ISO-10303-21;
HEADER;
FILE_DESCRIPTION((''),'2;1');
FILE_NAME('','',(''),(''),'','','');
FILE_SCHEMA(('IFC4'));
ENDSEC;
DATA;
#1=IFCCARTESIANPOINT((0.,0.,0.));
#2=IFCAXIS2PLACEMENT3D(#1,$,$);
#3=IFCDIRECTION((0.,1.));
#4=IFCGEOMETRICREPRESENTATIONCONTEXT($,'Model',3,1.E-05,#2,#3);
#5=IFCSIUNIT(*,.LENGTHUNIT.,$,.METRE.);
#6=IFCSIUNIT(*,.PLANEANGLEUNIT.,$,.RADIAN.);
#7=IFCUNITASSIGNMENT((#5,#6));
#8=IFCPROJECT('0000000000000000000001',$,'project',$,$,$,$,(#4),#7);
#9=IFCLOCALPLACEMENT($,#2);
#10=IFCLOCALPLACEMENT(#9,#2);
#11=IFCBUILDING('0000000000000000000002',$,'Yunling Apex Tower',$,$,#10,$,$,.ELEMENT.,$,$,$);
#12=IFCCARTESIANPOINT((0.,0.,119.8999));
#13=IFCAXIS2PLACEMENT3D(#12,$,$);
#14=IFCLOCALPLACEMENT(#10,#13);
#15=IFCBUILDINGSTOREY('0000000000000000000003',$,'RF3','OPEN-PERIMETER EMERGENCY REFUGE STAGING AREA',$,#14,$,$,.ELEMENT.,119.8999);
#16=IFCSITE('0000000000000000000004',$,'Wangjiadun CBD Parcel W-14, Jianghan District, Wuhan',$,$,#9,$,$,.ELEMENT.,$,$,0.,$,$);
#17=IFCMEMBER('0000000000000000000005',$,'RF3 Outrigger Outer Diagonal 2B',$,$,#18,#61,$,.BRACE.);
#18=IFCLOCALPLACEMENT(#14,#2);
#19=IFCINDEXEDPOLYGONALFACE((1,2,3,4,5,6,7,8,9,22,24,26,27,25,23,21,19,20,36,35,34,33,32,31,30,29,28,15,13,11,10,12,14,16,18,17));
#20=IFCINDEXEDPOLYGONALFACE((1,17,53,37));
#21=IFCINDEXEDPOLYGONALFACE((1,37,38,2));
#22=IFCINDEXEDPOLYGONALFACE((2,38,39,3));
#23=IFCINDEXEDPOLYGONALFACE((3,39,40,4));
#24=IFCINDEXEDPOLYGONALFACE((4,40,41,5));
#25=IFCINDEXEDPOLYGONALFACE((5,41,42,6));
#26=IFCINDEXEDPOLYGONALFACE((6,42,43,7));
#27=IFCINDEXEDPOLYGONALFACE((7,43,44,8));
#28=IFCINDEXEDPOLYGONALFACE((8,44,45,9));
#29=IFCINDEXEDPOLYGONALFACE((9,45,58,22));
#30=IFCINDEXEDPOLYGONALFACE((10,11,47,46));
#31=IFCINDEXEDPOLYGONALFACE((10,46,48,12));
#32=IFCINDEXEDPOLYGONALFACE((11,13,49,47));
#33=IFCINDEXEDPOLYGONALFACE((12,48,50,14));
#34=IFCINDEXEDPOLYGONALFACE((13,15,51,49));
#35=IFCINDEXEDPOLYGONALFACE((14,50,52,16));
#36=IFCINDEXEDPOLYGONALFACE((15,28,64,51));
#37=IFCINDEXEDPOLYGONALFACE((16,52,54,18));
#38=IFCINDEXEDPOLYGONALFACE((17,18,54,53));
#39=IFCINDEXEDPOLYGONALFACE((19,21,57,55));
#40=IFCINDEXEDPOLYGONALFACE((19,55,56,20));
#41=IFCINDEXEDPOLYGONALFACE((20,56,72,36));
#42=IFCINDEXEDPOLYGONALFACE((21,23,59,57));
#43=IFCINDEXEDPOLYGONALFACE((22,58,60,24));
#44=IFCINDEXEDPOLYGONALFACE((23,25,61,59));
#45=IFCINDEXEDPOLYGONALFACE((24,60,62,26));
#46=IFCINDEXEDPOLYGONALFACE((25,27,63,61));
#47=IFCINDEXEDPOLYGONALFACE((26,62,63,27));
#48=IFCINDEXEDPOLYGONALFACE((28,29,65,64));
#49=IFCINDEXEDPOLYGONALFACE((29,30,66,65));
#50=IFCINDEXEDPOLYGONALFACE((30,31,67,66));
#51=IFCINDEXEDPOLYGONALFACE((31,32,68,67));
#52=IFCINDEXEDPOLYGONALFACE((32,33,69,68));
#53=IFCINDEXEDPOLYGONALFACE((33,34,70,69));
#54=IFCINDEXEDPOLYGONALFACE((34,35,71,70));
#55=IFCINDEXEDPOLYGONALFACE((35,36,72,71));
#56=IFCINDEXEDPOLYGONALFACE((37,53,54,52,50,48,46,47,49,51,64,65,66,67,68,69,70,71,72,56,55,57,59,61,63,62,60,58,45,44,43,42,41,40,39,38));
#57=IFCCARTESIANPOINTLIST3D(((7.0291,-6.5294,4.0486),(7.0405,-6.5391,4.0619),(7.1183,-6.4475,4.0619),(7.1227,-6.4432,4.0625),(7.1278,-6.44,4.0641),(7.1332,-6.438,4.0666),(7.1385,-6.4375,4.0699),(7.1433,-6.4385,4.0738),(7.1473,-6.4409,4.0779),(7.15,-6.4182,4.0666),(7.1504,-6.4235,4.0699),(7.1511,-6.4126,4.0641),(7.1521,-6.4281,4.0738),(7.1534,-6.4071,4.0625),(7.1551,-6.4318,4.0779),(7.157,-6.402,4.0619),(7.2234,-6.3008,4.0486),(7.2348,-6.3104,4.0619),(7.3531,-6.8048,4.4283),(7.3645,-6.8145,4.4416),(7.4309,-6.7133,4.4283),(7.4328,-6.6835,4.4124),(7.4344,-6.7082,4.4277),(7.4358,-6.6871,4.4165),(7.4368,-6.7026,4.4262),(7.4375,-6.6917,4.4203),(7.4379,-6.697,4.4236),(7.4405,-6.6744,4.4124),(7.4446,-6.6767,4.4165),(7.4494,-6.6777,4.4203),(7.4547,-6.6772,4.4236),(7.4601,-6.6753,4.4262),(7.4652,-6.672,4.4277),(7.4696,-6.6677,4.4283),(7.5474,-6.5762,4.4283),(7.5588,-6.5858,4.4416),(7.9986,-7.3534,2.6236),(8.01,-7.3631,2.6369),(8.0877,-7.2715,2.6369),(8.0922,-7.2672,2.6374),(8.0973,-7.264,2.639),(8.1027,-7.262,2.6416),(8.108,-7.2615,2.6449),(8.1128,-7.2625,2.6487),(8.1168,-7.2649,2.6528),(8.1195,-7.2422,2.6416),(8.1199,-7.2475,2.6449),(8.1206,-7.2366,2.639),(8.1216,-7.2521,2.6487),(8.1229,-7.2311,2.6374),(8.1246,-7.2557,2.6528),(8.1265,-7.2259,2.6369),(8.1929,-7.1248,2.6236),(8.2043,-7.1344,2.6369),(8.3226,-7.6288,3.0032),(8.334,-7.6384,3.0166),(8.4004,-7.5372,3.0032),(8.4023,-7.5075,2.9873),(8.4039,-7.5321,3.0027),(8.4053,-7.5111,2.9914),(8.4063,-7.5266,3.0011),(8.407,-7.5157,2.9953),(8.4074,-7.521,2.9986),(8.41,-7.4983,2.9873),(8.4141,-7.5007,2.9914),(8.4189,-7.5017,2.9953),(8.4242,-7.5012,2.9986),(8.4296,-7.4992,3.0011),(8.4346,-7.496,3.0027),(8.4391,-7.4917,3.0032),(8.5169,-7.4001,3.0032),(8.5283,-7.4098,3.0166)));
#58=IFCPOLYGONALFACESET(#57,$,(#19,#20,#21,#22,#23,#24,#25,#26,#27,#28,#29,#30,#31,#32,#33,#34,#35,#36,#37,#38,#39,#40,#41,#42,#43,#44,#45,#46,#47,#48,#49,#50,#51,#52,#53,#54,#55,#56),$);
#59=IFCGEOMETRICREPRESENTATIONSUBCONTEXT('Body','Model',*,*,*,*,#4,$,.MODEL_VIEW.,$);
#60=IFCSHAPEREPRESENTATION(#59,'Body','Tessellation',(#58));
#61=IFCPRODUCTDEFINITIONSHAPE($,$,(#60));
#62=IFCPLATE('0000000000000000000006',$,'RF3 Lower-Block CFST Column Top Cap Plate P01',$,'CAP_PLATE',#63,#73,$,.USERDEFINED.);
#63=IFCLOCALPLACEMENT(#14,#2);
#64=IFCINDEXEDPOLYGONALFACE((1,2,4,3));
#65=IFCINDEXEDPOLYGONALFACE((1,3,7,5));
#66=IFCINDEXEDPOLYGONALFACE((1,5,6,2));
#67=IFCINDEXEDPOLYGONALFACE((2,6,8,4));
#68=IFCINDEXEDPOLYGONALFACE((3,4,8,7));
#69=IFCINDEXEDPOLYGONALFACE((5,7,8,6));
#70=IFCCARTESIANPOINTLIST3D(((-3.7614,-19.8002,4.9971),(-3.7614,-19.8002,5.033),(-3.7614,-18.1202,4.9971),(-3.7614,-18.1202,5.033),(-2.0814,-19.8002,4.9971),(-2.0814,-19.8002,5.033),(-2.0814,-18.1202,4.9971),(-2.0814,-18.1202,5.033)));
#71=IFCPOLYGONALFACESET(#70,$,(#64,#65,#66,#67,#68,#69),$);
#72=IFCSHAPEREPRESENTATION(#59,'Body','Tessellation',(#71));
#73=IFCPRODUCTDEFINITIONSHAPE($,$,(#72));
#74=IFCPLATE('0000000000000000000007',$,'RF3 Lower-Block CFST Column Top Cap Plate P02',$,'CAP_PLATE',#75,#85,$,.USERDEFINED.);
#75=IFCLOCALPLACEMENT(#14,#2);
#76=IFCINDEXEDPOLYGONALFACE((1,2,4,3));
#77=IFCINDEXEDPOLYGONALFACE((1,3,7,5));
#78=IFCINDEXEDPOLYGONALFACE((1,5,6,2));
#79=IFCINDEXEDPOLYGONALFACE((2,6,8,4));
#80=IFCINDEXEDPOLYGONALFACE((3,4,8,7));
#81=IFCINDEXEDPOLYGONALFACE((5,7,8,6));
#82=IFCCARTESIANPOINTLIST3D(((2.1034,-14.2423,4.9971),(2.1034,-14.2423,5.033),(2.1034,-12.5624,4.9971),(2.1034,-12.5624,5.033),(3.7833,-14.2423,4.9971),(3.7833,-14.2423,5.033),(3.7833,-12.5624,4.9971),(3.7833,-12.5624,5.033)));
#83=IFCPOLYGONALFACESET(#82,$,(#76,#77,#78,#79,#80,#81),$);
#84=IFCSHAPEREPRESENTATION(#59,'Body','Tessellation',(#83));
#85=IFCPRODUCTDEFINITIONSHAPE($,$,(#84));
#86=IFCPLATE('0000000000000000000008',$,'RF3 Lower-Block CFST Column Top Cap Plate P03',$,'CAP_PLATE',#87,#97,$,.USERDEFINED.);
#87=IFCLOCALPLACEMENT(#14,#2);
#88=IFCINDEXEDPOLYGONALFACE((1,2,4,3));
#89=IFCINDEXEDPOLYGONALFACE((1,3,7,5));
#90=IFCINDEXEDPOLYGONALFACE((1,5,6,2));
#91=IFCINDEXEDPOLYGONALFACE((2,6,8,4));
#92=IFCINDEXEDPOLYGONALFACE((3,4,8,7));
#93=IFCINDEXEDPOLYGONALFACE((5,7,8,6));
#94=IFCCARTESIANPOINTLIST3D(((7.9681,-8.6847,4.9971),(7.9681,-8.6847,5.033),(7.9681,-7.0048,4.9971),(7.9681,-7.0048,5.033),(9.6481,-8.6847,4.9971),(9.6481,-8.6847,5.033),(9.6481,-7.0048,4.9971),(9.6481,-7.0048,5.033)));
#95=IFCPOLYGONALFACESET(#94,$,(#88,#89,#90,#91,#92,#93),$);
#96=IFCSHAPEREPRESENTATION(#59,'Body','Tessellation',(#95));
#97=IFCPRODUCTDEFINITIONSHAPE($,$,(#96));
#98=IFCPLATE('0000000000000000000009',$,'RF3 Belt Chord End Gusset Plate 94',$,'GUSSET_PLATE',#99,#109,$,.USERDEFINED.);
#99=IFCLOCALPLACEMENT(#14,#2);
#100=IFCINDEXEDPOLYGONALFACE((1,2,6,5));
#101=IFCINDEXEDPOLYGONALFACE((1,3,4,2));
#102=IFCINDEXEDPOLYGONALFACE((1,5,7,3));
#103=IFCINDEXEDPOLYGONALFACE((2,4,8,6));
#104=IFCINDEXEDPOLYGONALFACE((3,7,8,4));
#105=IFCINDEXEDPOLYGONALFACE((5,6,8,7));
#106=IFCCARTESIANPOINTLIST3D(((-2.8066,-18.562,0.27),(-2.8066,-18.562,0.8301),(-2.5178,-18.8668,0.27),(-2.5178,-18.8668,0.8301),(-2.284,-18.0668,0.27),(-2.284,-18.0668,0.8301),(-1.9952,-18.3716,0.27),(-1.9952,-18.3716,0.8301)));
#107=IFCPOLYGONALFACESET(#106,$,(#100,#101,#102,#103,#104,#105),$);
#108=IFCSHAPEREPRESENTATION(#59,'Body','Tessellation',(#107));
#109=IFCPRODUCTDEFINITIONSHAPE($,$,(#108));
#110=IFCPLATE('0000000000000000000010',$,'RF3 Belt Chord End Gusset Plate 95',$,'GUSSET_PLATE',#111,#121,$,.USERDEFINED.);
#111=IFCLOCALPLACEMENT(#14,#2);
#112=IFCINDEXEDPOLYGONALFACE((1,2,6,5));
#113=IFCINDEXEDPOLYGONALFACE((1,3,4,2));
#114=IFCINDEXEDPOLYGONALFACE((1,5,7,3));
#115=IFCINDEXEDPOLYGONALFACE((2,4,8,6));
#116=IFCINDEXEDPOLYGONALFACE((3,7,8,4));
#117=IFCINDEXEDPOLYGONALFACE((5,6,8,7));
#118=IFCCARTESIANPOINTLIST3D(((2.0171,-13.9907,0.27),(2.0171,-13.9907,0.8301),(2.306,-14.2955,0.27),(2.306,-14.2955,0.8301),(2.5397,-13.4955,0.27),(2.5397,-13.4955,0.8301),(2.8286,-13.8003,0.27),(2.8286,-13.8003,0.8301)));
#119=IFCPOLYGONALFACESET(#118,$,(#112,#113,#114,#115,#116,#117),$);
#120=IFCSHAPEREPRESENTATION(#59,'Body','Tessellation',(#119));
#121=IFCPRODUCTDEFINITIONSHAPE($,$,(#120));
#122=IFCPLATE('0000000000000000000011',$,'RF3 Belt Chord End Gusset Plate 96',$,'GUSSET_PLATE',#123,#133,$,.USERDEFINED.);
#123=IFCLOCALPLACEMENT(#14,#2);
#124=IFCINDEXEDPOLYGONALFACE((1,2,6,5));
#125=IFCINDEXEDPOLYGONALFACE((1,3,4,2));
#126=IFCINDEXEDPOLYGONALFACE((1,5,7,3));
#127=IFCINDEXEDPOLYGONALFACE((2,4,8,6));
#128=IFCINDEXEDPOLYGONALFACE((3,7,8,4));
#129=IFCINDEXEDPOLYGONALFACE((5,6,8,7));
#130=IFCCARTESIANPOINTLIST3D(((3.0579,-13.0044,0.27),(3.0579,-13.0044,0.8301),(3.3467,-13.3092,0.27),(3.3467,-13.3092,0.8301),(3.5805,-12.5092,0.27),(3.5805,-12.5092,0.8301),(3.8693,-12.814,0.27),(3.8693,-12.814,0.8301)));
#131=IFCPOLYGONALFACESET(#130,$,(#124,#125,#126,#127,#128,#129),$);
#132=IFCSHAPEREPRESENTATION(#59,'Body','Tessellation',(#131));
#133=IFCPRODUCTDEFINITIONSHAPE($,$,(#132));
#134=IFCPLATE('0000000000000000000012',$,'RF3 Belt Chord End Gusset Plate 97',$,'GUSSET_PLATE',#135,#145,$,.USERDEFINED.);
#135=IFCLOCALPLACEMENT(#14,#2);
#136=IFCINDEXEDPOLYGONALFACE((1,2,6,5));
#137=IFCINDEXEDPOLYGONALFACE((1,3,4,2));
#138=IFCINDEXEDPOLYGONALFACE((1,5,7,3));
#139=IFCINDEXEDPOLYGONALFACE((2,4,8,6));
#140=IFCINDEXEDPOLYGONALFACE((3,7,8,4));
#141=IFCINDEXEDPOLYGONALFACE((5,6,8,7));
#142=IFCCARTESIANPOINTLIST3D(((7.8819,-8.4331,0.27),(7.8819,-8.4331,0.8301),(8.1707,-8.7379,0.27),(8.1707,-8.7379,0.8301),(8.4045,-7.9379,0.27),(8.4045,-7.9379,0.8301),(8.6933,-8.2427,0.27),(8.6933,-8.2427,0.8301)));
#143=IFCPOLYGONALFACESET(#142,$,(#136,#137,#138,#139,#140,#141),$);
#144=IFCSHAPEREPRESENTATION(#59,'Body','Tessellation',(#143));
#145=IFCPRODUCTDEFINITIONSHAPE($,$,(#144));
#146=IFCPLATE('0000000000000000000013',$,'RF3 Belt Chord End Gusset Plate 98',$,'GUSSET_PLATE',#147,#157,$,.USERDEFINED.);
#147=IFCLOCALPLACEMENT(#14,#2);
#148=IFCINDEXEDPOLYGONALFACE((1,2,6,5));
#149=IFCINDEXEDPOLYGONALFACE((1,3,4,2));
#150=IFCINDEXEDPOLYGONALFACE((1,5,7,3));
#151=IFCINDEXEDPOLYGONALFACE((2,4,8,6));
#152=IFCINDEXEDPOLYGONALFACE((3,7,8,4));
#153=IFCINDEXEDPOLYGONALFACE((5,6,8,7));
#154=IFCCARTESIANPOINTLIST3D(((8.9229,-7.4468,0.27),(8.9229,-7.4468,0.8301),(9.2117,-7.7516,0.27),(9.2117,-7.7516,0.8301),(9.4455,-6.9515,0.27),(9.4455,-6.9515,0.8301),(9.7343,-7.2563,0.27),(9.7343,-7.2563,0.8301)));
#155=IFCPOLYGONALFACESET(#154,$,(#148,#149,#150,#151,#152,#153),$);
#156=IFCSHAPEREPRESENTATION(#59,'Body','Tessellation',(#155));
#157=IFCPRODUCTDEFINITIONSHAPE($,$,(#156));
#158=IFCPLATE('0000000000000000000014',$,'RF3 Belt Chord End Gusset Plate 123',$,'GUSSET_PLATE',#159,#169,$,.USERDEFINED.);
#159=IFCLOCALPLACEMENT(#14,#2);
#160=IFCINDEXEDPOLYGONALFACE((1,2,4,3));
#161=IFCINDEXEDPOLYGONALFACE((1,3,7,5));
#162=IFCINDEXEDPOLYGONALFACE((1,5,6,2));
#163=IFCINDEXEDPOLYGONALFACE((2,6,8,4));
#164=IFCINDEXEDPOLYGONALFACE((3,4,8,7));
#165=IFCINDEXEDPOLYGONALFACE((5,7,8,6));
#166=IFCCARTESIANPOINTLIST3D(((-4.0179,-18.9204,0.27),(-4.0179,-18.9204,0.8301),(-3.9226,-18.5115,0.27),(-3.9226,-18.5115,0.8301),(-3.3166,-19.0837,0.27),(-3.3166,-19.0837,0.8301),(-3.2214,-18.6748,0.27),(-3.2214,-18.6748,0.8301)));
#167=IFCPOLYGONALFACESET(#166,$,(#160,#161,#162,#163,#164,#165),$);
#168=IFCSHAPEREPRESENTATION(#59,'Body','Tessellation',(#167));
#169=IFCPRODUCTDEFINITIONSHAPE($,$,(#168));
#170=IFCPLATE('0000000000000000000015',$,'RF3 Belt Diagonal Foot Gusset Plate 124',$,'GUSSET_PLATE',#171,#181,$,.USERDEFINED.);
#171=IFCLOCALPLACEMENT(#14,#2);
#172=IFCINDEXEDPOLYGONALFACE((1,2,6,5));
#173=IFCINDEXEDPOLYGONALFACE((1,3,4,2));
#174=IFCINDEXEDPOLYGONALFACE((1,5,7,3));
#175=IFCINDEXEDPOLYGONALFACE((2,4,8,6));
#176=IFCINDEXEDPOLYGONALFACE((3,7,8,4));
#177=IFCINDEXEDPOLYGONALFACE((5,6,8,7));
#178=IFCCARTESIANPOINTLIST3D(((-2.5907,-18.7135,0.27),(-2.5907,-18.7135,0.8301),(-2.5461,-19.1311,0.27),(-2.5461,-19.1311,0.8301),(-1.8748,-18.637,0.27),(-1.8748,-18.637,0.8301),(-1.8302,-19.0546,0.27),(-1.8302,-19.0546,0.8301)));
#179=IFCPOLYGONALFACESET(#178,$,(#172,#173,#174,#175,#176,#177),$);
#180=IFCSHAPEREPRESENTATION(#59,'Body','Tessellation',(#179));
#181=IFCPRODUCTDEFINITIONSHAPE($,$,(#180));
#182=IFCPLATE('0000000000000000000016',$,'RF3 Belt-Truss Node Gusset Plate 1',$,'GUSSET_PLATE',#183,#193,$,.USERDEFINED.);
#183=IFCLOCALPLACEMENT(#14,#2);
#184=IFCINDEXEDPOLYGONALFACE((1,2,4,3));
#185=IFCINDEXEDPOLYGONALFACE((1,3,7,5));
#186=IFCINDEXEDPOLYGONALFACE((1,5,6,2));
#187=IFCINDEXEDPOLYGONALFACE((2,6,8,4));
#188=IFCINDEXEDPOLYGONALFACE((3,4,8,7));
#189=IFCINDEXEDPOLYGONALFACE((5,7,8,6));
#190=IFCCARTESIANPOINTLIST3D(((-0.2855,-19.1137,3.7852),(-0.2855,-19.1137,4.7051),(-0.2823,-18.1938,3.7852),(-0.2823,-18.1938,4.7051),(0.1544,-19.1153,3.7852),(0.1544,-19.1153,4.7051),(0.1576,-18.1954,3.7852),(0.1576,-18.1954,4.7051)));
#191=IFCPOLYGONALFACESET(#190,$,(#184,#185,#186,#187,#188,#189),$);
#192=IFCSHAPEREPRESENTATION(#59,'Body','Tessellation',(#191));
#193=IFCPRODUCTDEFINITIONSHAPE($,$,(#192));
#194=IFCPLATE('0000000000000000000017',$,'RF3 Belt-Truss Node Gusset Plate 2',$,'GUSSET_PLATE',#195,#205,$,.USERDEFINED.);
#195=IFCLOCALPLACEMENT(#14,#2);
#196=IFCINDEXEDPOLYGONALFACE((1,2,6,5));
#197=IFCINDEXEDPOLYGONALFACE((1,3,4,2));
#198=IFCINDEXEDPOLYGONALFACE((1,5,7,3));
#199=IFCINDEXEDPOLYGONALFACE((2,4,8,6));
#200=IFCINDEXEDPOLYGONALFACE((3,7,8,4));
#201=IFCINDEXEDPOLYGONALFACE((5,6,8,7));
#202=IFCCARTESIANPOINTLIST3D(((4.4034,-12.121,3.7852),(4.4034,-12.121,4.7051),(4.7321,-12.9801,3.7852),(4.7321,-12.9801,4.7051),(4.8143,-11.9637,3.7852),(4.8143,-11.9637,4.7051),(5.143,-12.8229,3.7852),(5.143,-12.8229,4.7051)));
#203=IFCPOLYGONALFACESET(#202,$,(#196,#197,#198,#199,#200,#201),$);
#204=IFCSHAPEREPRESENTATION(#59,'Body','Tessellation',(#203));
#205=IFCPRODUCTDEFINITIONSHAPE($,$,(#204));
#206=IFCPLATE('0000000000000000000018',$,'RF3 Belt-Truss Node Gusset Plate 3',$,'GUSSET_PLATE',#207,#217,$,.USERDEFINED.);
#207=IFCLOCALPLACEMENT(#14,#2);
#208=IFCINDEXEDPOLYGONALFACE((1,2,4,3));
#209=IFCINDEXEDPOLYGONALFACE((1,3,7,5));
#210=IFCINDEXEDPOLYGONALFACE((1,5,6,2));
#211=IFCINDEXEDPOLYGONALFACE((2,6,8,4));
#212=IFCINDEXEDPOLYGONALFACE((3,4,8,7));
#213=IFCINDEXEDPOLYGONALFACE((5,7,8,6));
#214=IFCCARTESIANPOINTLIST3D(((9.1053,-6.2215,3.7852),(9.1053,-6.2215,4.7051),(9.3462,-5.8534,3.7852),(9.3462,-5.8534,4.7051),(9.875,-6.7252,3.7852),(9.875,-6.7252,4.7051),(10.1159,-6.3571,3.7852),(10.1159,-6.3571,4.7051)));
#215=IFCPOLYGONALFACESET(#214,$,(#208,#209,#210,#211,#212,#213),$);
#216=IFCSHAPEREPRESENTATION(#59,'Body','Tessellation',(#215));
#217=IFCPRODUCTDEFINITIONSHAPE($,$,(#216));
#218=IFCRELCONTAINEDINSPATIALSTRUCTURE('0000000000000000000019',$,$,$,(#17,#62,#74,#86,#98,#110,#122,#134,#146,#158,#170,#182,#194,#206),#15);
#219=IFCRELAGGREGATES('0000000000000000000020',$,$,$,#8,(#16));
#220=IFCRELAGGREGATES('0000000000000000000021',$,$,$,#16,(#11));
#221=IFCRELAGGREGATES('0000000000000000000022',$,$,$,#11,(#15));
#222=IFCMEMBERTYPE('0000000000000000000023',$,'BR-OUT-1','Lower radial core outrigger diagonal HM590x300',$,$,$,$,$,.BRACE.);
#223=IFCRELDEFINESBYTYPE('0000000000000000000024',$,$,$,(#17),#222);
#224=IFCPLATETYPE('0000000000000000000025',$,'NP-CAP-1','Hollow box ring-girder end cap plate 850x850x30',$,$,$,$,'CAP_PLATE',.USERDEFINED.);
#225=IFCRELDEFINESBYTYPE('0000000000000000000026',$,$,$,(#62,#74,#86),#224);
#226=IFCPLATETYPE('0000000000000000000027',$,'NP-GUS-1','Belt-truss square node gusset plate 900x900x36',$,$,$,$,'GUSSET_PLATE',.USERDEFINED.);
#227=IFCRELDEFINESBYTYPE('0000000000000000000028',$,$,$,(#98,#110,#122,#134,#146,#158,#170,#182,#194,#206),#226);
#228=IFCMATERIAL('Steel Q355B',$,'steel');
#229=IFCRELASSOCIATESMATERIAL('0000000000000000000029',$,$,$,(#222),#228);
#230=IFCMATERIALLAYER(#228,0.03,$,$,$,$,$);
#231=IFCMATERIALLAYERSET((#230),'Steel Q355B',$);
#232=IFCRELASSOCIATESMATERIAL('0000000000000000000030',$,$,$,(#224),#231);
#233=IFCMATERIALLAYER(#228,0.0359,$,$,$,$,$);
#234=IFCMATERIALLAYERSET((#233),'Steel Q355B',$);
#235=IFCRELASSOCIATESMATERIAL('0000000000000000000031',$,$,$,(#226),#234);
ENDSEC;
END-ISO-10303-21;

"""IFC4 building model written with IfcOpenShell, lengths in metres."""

from ifc_helpers import new_model, si_unit, direction, frame, origin, origin_2d, place, context, subcontext, project, spatial, rectangle, i_section, extrude, source, transform, mapped, material, layer, layer_set, material_profile, profile_set, type_object, element, save


model = new_model("IFC4")

# Units and contexts
model_context = context("Model", 3, precision=1e-05, world=origin(), true_north=direction((0.0, 1.0)))
body_context = subcontext(model_context, "Body", "Model", "MODEL_VIEW")
ifc_project = project(units=[si_unit("LENGTHUNIT", "METRE"), si_unit("PLANEANGLEUNIT", "RADIAN")], contexts=[model_context])

# Site, building, storey
site_placement = place(None, origin())
site = spatial("IfcSite", under=ifc_project, at=site_placement, Name="Wangjiadun CBD Parcel W-14, Jianghan District, Wuhan", CompositionType="ELEMENT", RefElevation=0.0)
building_placement = place(site_placement, origin())
building = spatial("IfcBuilding", under=site, at=building_placement, Name="Yunling Apex Tower", CompositionType="ELEMENT")
storey_placement = place(building_placement, frame((0.0, 0.0, 119.8999)))
storey = spatial("IfcBuildingStorey", under=building, at=storey_placement, Name="RF3", Description="OPEN-PERIMETER EMERGENCY REFUGE STAGING AREA", CompositionType="ELEMENT", Elevation=119.8999)

# Shared definitions
ifc_material_1 = material(Name="Steel Q355B", Category="steel")

# Member
ifc_material_profile_1 = material_profile(ifc_material_1, i_section(OverallWidth=0.3, OverallDepth=0.5901, WebThickness=0.012, FlangeThickness=0.02, FilletRadius=0.0239, at=origin_2d()))
ifc_profile_set_1 = profile_set([ifc_material_profile_1], Name="Steel Q355B")
member_type_1 = type_object("IfcMemberType", Name="BR-OUT-1", Description="Lower radial core outrigger diagonal HM590x300", PredefinedType="BRACE", material=ifc_profile_set_1)
shared_shape_1 = source(origin(), body_context, "Body", "SweptSolid", [
    extrude(i_section(OverallWidth=0.3, OverallDepth=0.5901, WebThickness=0.012, FlangeThickness=0.02, FilletRadius=0.0239, at=origin_2d()), origin(), (0.0, 0.0, 1.0), 1.9104),
])
member_1_placement = place(storey_placement, frame((7.2939, -6.5576, 4.2451), z_axis=(0.507478, -0.431312, -0.745946), x_axis=(0.647609, 0.761972, 0.0)))
element("IfcMember", 1, at=member_1_placement, inside=storey, type_object=member_type_1, Name="RF3 Outrigger Outer Diagonal 2B", PredefinedType="BRACE", context=body_context, shape_type="MappedRepresentation", body=[
    mapped(shared_shape_1, transform((0.0, 0.0, 0.0), scale=1.0)),
])

# Plates
ifc_layer_1 = layer(ifc_material_1, 0.03)
ifc_layer_set_1 = layer_set([ifc_layer_1], Name="Steel Q355B")
plate_type_1 = type_object("IfcPlateType", Name="NP-CAP-1", Description="Hollow box ring-girder end cap plate 850x850x30", ElementType="CAP_PLATE", PredefinedType="USERDEFINED", material=ifc_layer_set_1)
shared_shape_2 = source(origin(), body_context, "Body", "SweptSolid", [
    extrude(rectangle(XDim=1.6799, YDim=1.6799, at=origin_2d()), origin(), (0.0, 0.0, 1.0), 0.0359),
])
for number, where, z_axis, x_axis, name in (
    (2, (-2.9214, -18.9602, 4.9971), (0.0, 0.0, 1.0), (1.0, 0.0, 0.0), "RF3 Lower-Block CFST Column Top Cap Plate P01"),
    (3, (2.9434, -13.4023, 4.9971), (0.0, 0.0, 1.0), (1.0, 0.0, 0.0), "RF3 Lower-Block CFST Column Top Cap Plate P02"),
    (4, (8.8081, -7.8447, 4.9971), (0.0, 0.0, 1.0), (1.0, 0.0, 0.0), "RF3 Lower-Block CFST Column Top Cap Plate P03"),
):
    element("IfcPlate", number, at=place(storey_placement, frame(where, z_axis=z_axis, x_axis=x_axis)), inside=storey, type_object=plate_type_1, Name=name, ObjectType="CAP_PLATE", PredefinedType="USERDEFINED", context=body_context, shape_type="MappedRepresentation", body=[
        mapped(shared_shape_2, transform((0.0, 0.0, 0.0), scale=1.0)),
    ])
ifc_layer_2 = layer(ifc_material_1, 0.0359)
ifc_layer_set_2 = layer_set([ifc_layer_2], Name="Steel Q355B")
plate_type_2 = type_object("IfcPlateType", Name="NP-GUS-1", Description="Belt-truss square node gusset plate 900x900x36", ElementType="GUSSET_PLATE", PredefinedType="USERDEFINED", material=ifc_layer_set_2)
shared_shape_3 = source(origin(), body_context, "Body", "SweptSolid", [
    extrude(rectangle(XDim=0.72, YDim=0.4199, at=origin_2d()), origin(), (0.0, 0.0, 1.0), 0.5601),
])
for number, where, z_axis, x_axis, name in (
    (5, (-2.4009, -18.4668, 0.27), (0.0, 0.0, 1.0), (0.725855, 0.687848, 0.0), "RF3 Belt Chord End Gusset Plate 94"),
    (6, (2.4229, -13.8955, 0.27), (0.0, 0.0, 1.0), (0.725855, 0.687848, 0.0), "RF3 Belt Chord End Gusset Plate 95"),
    (7, (3.4636, -12.9092, 0.27), (0.0, 0.0, 1.0), (0.725855, 0.687848, 0.0), "RF3 Belt Chord End Gusset Plate 96"),
    (8, (8.2876, -8.3379, 0.27), (0.0, 0.0, 1.0), (0.725855, 0.687848, 0.0), "RF3 Belt Chord End Gusset Plate 97"),
    (9, (9.3286, -7.3516, 0.27), (0.0, 0.0, 1.0), (0.725855, 0.687848, 0.0), "RF3 Belt Chord End Gusset Plate 98"),
    (10, (-3.6196, -18.7976, 0.27), (0.0, 0.0, 1.0), (0.973936, -0.226821, 0.0), "RF3 Belt Chord End Gusset Plate 123"),
    (11, (-2.2104, -18.884, 0.27), (0.0, 0.0, 1.0), (0.994338, 0.106264, 0.0), "RF3 Belt Diagonal Foot Gusset Plate 124"),
):
    element("IfcPlate", number, at=place(storey_placement, frame(where, z_axis=z_axis, x_axis=x_axis)), inside=storey, type_object=plate_type_2, Name=name, ObjectType="GUSSET_PLATE", PredefinedType="USERDEFINED", context=body_context, shape_type="MappedRepresentation", body=[
        mapped(shared_shape_3, transform((0.0, 0.0, 0.0), scale=1.0)),
    ])
shared_shape_4 = source(origin(), body_context, "Body", "SweptSolid", [
    extrude(rectangle(XDim=0.9199, YDim=0.4399, at=origin_2d()), origin(), (0.0, 0.0, 1.0), 0.9199),
])
for number, where, z_axis, x_axis, name in (
    (12, (-0.064, -18.6545, 3.7852), (0.0, 0.0, 1.0), (-0.003491, -0.999994, 0.0), "RF3 Belt-Truss Node Gusset Plate 1"),
    (13, (4.7732, -12.4719, 3.7852), (0.0, 0.0, 1.0), (0.35739, -0.933955, 0.0), "RF3 Belt-Truss Node Gusset Plate 2"),
    (14, (9.6106, -6.2893, 3.7852), (0.0, 0.0, 1.0), (0.836764, -0.547563, 0.0), "RF3 Belt-Truss Node Gusset Plate 3"),
):
    element("IfcPlate", number, at=place(storey_placement, frame(where, z_axis=z_axis, x_axis=x_axis)), inside=storey, type_object=plate_type_2, Name=name, ObjectType="GUSSET_PLATE", PredefinedType="USERDEFINED", context=body_context, shape_type="MappedRepresentation", body=[
        mapped(shared_shape_4, transform((0.0, 0.0, 0.0), scale=1.0)),
    ])

save(model, "model.ifc")
